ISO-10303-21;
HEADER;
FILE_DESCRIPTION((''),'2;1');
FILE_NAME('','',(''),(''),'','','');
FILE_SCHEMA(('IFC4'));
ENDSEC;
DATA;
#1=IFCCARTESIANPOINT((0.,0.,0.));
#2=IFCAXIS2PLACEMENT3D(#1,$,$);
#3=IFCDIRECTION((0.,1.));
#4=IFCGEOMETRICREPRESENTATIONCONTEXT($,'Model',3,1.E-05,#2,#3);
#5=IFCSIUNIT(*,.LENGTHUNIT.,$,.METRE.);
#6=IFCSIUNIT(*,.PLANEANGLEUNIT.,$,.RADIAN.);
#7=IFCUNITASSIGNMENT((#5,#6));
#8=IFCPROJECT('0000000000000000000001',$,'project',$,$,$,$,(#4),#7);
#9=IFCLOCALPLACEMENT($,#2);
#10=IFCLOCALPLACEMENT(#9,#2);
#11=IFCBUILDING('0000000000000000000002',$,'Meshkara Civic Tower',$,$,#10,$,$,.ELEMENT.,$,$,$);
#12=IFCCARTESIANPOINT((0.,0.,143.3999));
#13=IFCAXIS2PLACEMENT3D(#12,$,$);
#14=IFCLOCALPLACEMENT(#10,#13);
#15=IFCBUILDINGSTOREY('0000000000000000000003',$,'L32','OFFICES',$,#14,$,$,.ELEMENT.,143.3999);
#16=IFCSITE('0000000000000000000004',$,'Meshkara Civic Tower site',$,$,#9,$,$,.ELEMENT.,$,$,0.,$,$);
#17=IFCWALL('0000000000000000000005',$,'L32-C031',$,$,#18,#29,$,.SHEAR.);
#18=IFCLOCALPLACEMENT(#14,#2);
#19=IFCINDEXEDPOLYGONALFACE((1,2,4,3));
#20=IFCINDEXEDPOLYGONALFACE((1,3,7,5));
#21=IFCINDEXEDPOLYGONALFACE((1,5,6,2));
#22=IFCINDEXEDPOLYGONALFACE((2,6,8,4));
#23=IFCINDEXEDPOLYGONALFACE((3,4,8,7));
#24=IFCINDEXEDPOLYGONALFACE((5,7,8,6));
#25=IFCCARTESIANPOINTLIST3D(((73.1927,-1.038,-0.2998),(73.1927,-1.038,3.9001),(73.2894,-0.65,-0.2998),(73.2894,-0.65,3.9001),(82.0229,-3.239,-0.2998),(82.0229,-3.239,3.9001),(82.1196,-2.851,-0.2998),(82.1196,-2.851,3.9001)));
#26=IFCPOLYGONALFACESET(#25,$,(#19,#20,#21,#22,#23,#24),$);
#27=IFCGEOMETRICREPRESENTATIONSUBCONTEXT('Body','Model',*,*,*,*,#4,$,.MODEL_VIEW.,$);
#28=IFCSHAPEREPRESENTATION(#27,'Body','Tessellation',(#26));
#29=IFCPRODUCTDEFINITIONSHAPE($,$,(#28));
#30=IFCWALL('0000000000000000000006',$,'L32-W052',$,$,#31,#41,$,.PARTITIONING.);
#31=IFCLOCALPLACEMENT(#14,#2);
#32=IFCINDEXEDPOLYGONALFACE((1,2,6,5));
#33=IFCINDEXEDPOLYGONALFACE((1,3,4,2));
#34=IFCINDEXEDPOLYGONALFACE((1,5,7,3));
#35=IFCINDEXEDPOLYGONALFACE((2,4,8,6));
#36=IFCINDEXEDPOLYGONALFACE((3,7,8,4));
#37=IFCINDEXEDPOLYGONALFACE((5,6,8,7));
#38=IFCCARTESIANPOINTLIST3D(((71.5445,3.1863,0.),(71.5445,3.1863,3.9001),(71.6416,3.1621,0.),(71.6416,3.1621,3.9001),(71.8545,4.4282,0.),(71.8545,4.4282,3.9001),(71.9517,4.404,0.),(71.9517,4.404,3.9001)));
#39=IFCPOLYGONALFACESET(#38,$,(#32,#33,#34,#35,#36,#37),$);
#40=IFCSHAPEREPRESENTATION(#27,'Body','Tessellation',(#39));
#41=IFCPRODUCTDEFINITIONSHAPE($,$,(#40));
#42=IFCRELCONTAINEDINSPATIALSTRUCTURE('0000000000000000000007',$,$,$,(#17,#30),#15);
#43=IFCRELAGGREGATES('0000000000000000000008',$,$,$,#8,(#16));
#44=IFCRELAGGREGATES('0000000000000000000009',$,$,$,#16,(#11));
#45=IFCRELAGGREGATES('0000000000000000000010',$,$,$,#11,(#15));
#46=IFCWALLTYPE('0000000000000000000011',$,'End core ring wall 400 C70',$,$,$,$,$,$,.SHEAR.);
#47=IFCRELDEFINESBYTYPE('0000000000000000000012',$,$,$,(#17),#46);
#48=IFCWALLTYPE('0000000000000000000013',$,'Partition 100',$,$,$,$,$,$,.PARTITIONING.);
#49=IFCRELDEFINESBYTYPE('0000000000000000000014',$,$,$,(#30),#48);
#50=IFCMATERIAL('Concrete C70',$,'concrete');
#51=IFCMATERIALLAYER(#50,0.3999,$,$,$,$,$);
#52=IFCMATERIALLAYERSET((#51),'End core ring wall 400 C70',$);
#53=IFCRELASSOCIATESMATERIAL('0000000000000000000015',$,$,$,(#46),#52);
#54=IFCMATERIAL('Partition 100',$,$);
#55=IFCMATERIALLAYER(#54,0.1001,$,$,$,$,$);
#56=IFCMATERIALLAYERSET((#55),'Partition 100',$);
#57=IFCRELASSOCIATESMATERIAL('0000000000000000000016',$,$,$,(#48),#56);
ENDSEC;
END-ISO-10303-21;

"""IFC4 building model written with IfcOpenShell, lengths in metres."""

from ifc_helpers import new_model, si_unit, direction, frame, frame_2d, origin, place, context, subcontext, project, spatial, rectangle, extrude, material, layer, layer_set, type_object, element, save


model = new_model("IFC4")

# Units and contexts
model_context = context("Model", 3, precision=1e-05, world=origin(), true_north=direction((0.0, 1.0)))
body_context = subcontext(model_context, "Body", "Model", "MODEL_VIEW")
ifc_project = project(units=[si_unit("LENGTHUNIT", "METRE"), si_unit("PLANEANGLEUNIT", "RADIAN")], contexts=[model_context])

# Site, building, storey
site_placement = place(None, origin())
site = spatial("IfcSite", under=ifc_project, at=site_placement, Name="Meshkara Civic Tower site", CompositionType="ELEMENT", RefElevation=0.0)
building_placement = place(site_placement, origin())
building = spatial("IfcBuilding", under=site, at=building_placement, Name="Meshkara Civic Tower", CompositionType="ELEMENT")
storey_placement = place(building_placement, frame((0.0, 0.0, 143.3999)))
storey = spatial("IfcBuildingStorey", under=building, at=storey_placement, Name="L32", Description="OFFICES", CompositionType="ELEMENT", Elevation=143.3999)

# Walls
ifc_material_1 = material(Name="Concrete C70", Category="concrete")
ifc_layer_1 = layer(ifc_material_1, 0.3999)
ifc_layer_set_1 = layer_set([ifc_layer_1], Name="End core ring wall 400 C70")
wall_type_1 = type_object("IfcWallType", Name="End core ring wall 400 C70", PredefinedType="SHEAR", material=ifc_layer_set_1)
wall_1_placement = place(storey_placement, frame((73.241, -0.844, -0.2998), z_axis=(0.0, 0.0, 1.0), x_axis=(0.970313, -0.241854, 0.0)))
element("IfcWall", 1, at=wall_1_placement, inside=storey, type_object=wall_type_1, Name="L32-C031", PredefinedType="SHEAR", context=body_context, shape_type="SweptSolid", body=[
    extrude(rectangle(XDim=9.1003, YDim=0.3999, at=frame_2d((4.5503, 0.0))), origin(), (0.0, 0.0, 1.0), 4.2),
])
ifc_material_2 = material(Name="Partition 100")
ifc_layer_2 = layer(ifc_material_2, 0.1001)
ifc_layer_set_2 = layer_set([ifc_layer_2], Name="Partition 100")
wall_type_2 = type_object("IfcWallType", Name="Partition 100", PredefinedType="PARTITIONING", material=ifc_layer_set_2)
wall_2_placement = place(storey_placement, frame((71.593, 3.1741, 0.0), z_axis=(0.0, 0.0, 1.0), x_axis=(0.242221, 0.970221, 0.0)))
element("IfcWall", 2, at=wall_2_placement, inside=storey, type_object=wall_type_2, Name="L32-W052", PredefinedType="PARTITIONING", context=body_context, shape_type="SweptSolid", body=[
    extrude(rectangle(XDim=1.28, YDim=0.1001, at=frame_2d((0.6401, 0.0))), origin(), (0.0, 0.0, 1.0), 3.9001),
])

save(model, "model.ifc")
